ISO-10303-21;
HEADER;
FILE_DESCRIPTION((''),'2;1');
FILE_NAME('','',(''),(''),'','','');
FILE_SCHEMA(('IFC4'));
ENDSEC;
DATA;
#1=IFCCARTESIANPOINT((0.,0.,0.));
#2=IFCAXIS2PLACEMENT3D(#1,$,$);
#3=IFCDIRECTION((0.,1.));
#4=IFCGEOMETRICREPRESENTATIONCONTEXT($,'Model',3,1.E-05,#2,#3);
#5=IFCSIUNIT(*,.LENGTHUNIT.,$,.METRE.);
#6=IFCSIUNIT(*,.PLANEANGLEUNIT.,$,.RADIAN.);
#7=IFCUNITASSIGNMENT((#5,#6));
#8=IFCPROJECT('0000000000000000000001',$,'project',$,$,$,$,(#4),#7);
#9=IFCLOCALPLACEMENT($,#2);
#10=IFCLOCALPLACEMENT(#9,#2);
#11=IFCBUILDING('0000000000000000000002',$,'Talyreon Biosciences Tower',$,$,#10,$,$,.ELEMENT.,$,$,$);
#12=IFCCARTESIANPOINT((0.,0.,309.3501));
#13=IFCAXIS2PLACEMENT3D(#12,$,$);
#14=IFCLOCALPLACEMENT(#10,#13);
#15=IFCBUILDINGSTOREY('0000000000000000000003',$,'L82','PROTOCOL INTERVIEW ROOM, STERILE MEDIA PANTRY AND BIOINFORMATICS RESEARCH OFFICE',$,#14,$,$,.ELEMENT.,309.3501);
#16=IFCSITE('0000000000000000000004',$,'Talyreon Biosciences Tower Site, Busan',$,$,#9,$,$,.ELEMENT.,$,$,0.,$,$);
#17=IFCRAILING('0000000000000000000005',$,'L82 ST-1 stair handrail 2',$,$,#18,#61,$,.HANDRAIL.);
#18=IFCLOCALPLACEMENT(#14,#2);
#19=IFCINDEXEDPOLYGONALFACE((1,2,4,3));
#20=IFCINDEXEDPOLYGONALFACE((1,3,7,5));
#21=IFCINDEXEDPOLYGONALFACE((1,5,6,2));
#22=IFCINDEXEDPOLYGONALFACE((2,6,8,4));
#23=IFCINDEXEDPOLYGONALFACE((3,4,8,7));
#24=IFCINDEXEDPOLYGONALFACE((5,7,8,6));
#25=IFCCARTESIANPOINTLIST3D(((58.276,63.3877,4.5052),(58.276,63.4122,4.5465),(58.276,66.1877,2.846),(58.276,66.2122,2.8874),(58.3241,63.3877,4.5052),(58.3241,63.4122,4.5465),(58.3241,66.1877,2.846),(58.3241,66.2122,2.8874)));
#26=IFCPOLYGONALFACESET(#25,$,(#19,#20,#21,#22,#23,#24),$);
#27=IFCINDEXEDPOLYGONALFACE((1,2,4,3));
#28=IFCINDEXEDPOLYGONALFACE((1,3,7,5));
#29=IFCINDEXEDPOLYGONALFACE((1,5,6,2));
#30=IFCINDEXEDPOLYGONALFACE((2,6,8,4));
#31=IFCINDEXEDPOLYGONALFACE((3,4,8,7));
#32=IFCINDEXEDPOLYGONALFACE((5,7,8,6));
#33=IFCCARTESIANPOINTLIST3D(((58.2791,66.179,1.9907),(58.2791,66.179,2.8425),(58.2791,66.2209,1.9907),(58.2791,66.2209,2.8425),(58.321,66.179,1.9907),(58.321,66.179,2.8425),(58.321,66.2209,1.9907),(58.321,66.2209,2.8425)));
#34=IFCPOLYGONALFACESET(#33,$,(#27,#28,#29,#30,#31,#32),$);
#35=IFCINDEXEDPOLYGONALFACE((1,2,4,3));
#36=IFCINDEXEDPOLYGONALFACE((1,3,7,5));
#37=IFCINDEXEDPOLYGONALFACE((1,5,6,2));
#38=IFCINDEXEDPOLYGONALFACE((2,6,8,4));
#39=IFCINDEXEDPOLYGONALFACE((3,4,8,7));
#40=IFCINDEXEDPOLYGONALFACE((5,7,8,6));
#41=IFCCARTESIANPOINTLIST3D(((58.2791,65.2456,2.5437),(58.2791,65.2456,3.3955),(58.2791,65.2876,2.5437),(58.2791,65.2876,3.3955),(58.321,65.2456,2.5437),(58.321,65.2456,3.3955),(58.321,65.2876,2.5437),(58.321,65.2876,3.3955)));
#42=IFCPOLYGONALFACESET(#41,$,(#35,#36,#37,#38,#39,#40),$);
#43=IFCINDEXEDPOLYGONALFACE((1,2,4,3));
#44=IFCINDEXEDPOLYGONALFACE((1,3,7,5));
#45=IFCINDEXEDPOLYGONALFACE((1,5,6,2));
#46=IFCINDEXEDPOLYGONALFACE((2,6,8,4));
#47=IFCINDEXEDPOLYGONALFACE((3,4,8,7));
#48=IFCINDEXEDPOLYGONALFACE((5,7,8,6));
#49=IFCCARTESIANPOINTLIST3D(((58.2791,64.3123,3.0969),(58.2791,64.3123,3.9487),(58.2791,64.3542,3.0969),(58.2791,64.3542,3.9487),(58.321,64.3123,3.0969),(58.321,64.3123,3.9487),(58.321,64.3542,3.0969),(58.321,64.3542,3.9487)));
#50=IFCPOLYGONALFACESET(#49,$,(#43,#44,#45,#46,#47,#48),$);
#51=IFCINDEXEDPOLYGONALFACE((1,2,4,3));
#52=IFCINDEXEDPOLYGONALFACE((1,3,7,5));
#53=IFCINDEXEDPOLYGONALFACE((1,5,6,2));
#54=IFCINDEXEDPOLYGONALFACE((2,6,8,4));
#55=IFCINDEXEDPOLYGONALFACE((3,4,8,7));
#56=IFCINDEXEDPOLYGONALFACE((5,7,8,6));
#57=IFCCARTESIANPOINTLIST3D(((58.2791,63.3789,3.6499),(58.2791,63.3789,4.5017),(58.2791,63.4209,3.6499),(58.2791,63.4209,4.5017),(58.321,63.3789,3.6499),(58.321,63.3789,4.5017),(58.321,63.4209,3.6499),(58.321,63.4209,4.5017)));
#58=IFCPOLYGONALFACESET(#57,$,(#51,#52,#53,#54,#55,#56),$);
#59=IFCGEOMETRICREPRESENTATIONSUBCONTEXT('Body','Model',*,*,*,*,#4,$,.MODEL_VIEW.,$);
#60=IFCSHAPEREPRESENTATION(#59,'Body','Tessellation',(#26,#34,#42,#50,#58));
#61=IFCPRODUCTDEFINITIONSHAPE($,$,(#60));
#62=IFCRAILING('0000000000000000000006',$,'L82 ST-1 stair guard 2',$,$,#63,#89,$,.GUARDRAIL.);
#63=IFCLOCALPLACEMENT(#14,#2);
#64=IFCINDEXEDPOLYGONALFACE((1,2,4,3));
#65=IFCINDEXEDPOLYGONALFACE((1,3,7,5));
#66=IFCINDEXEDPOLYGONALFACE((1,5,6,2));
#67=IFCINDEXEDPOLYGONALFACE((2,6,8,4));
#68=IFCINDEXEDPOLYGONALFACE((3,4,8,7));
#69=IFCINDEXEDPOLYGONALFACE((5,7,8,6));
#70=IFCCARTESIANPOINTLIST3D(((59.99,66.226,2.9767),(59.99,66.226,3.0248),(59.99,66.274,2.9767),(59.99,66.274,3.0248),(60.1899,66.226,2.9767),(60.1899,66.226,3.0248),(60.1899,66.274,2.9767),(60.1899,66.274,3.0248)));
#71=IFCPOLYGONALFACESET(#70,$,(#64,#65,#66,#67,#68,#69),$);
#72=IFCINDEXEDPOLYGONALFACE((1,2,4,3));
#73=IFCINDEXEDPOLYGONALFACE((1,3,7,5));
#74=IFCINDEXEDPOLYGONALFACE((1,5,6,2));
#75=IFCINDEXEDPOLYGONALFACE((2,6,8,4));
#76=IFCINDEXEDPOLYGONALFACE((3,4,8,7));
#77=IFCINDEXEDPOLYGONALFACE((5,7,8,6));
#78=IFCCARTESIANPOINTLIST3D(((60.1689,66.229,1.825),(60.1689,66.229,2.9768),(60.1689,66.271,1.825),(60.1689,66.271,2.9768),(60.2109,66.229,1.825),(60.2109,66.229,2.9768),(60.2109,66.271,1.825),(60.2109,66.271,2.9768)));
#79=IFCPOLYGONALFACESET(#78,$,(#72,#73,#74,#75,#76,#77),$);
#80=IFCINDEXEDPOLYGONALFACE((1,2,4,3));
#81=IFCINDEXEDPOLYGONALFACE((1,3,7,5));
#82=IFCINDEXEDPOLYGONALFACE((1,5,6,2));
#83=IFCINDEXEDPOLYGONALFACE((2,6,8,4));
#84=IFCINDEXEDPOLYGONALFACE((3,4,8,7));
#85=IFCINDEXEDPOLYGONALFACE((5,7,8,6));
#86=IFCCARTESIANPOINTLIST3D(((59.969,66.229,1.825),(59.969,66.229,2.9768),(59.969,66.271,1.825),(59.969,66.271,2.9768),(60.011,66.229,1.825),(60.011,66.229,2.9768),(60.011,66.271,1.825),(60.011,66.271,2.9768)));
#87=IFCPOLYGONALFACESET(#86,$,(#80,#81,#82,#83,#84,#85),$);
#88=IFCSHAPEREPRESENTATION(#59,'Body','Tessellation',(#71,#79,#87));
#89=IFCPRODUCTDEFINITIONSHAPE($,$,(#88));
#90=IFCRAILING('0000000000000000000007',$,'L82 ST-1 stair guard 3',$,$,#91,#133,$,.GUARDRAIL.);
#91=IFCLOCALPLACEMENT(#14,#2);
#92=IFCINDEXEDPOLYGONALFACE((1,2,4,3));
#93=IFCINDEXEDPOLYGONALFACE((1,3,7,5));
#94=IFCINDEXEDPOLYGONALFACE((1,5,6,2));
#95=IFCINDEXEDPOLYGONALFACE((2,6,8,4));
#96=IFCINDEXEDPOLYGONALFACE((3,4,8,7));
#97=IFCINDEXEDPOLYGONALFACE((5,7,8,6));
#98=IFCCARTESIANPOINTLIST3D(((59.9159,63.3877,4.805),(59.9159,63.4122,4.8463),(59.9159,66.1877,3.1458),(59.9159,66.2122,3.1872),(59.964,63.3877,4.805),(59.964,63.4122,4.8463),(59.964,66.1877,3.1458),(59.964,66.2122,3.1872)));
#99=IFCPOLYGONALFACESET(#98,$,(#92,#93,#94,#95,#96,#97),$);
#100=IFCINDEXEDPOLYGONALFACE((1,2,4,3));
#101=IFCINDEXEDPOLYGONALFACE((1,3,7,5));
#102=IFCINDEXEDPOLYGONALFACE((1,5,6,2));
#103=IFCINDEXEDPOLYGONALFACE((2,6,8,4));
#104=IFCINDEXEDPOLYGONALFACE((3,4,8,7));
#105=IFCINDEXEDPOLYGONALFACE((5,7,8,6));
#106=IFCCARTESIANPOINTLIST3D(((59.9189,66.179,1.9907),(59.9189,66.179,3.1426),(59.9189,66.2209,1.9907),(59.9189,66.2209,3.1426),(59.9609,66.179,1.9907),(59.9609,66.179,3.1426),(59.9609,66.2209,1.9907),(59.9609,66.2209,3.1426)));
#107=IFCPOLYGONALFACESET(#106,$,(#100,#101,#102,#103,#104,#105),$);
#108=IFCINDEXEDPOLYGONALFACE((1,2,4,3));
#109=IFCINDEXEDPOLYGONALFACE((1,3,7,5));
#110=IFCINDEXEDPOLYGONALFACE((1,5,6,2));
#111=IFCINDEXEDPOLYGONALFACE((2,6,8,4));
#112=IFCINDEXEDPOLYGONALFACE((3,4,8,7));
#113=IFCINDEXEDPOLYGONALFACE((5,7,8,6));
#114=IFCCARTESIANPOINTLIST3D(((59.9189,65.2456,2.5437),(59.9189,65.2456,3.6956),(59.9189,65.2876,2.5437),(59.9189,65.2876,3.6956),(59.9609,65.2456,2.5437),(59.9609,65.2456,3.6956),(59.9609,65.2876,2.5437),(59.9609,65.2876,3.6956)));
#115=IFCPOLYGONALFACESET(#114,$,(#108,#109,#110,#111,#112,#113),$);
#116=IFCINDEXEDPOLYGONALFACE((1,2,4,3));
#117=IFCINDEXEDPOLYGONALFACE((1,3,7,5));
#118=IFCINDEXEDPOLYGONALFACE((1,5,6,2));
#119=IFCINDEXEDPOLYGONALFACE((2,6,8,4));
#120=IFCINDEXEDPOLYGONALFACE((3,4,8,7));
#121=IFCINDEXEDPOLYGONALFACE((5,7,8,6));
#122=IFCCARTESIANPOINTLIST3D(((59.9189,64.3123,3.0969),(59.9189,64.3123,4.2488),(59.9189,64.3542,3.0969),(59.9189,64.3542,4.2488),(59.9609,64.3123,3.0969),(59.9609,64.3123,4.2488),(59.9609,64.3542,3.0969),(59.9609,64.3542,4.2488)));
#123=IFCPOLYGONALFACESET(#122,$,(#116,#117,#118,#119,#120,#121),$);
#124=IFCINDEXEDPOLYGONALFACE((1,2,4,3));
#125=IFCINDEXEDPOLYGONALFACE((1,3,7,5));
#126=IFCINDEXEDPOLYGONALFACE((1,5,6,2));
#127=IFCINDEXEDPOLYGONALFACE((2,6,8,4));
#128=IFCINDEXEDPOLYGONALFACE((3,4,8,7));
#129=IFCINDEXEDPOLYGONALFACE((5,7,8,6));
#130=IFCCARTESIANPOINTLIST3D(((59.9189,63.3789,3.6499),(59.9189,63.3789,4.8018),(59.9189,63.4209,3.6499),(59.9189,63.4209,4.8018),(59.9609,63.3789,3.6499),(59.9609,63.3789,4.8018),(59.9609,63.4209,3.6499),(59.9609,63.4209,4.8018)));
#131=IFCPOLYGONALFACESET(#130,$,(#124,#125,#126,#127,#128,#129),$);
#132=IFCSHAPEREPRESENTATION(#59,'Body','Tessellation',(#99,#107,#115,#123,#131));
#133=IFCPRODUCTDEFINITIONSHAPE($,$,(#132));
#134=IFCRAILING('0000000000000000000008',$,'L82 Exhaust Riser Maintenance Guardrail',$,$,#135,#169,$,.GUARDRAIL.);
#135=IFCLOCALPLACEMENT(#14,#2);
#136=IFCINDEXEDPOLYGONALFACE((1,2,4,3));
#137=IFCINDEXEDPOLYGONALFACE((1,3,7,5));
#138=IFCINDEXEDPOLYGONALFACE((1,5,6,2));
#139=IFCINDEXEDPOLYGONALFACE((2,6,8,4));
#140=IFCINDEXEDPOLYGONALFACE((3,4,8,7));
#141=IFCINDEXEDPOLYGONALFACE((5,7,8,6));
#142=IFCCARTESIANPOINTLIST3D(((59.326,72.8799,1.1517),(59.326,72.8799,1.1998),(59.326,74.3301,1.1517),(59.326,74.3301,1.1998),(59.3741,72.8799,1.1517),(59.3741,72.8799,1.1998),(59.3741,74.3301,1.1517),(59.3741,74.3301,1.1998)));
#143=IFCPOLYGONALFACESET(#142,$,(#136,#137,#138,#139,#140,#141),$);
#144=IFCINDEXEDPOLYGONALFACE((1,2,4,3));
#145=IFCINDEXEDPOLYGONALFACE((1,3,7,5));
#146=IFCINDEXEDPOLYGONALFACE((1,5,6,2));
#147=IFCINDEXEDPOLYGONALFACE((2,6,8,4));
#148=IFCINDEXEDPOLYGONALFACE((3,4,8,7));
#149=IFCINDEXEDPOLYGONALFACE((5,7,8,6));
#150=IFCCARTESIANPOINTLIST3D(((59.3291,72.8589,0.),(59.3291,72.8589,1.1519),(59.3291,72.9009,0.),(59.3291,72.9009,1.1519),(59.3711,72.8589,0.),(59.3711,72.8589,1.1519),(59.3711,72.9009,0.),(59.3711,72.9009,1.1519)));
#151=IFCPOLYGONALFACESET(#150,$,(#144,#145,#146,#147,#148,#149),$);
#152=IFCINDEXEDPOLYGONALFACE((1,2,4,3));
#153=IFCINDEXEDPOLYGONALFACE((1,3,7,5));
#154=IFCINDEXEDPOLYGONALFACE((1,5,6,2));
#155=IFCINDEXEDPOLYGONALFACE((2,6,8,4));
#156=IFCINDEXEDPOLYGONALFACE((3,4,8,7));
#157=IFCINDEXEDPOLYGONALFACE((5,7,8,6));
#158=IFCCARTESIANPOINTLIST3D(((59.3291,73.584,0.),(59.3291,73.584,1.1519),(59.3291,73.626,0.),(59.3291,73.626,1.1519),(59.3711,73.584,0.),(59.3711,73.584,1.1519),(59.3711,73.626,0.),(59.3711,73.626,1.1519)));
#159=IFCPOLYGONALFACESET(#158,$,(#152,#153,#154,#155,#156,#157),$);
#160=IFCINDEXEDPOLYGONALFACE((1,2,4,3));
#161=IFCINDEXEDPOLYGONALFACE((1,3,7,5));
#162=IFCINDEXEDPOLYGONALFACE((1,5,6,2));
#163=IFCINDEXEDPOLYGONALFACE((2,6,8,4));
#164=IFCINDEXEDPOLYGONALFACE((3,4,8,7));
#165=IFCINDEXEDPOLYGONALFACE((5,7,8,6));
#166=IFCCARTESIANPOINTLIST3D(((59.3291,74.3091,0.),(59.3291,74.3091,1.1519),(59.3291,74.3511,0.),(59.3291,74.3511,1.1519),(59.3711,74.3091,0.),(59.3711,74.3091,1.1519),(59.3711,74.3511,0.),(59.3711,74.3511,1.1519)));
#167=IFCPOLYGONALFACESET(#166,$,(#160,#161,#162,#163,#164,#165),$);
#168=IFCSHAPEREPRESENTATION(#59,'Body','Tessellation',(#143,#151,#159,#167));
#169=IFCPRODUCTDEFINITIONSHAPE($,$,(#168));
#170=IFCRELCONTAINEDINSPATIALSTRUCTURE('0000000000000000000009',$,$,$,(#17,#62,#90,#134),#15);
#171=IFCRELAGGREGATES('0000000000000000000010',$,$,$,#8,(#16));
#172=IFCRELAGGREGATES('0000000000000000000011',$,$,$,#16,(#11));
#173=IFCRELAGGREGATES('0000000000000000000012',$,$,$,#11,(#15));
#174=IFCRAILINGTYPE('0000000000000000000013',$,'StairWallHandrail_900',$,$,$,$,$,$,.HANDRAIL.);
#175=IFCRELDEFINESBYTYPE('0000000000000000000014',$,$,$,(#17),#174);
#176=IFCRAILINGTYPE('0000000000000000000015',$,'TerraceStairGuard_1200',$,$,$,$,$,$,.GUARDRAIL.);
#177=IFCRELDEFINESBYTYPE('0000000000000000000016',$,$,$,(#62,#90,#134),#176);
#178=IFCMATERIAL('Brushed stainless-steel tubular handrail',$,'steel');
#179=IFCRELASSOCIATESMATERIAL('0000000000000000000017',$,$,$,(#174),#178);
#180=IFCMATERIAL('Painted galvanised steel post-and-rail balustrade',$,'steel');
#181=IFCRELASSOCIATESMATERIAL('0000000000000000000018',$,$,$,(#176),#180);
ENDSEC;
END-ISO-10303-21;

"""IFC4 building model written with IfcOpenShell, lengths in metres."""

from ifc_helpers import new_model, si_unit, direction, frame, origin, origin_2d, place, context, subcontext, project, spatial, rectangle, extrude, material, type_object, element, save


model = new_model("IFC4")

# Units and contexts
model_context = context("Model", 3, precision=1e-05, world=origin(), true_north=direction((0.0, 1.0)))
body_context = subcontext(model_context, "Body", "Model", "MODEL_VIEW")
ifc_project = project(units=[si_unit("LENGTHUNIT", "METRE"), si_unit("PLANEANGLEUNIT", "RADIAN")], contexts=[model_context])

# Site, building, storey
site_placement = place(None, origin())
site = spatial("IfcSite", under=ifc_project, at=site_placement, Name="Talyreon Biosciences Tower Site, Busan", CompositionType="ELEMENT", RefElevation=0.0)
building_placement = place(site_placement, origin())
building = spatial("IfcBuilding", under=site, at=building_placement, Name="Talyreon Biosciences Tower", CompositionType="ELEMENT")
storey_placement = place(building_placement, frame((0.0, 0.0, 309.3501)))
storey = spatial("IfcBuildingStorey", under=building, at=storey_placement, Name="L82", Description="PROTOCOL INTERVIEW ROOM, STERILE MEDIA PANTRY AND BIOINFORMATICS RESEARCH OFFICE", CompositionType="ELEMENT", Elevation=309.3501)

# Railings
ifc_material_1 = material(Name="Brushed stainless-steel tubular handrail", Category="steel")
railing_type_1 = type_object("IfcRailingType", Name="StairWallHandrail_900", PredefinedType="HANDRAIL", material=ifc_material_1)
railing_1_placement = place(storey_placement, frame((58.3, 66.2, 1.9907)))
element("IfcRailing", 1, at=railing_1_placement, inside=storey, type_object=railing_type_1, Name="L82 ST-1 stair handrail 2", PredefinedType="HANDRAIL", context=body_context, shape_type="SweptSolid", body=[
    extrude(rectangle(XDim=0.0481, YDim=0.0481, at=origin_2d()), frame((0.0, 0.0, 0.876), z_axis=(0.0, -0.860306, 0.509778), x_axis=(1.0, 0.0, 0.0)), (0.0, 0.0, 1.0), 3.2546),
    extrude(rectangle(XDim=0.042, YDim=0.042, at=origin_2d()), origin(), (0.0, 0.0, 1.0), 0.8518),
    extrude(rectangle(XDim=0.042, YDim=0.042, at=origin_2d()), frame((0.0, -0.9333, 0.553)), (0.0, 0.0, 1.0), 0.8518),
    extrude(rectangle(XDim=0.042, YDim=0.042, at=origin_2d()), frame((0.0, -1.8667, 1.1062)), (0.0, 0.0, 1.0), 0.8518),
    extrude(rectangle(XDim=0.042, YDim=0.042, at=origin_2d()), frame((0.0, -2.8, 1.6592)), (0.0, 0.0, 1.0), 0.8518),
])
ifc_material_2 = material(Name="Painted galvanised steel post-and-rail balustrade", Category="steel")
railing_type_2 = type_object("IfcRailingType", Name="TerraceStairGuard_1200", PredefinedType="GUARDRAIL", material=ifc_material_2)
railing_2_placement = place(storey_placement, frame((60.1899, 66.25, 1.825)))
element("IfcRailing", 2, at=railing_2_placement, inside=storey, type_object=railing_type_2, Name="L82 ST-1 stair guard 2", PredefinedType="GUARDRAIL", context=body_context, shape_type="SweptSolid", body=[
    extrude(rectangle(XDim=0.0481, YDim=0.0481, at=origin_2d()), frame((0.0, 0.0, 1.1758), z_axis=(-1.0, 0.0, 0.0), x_axis=(0.0, -1.0, 0.0)), (0.0, 0.0, 1.0), 0.2),
    extrude(rectangle(XDim=0.042, YDim=0.042, at=origin_2d()), origin(), (0.0, 0.0, 1.0), 1.1519),
    extrude(rectangle(XDim=0.042, YDim=0.042, at=origin_2d()), frame((-0.2, 0.0, 0.0)), (0.0, 0.0, 1.0), 1.1519),
])
railing_3_placement = place(storey_placement, frame((59.9399, 66.2, 1.9907)))
element("IfcRailing", 3, at=railing_3_placement, inside=storey, type_object=railing_type_2, Name="L82 ST-1 stair guard 3", PredefinedType="GUARDRAIL", context=body_context, shape_type="SweptSolid", body=[
    extrude(rectangle(XDim=0.0481, YDim=0.0481, at=origin_2d()), frame((0.0, 0.0, 1.1758), z_axis=(0.0, -0.860306, 0.509778), x_axis=(1.0, 0.0, 0.0)), (0.0, 0.0, 1.0), 3.2546),
    extrude(rectangle(XDim=0.042, YDim=0.042, at=origin_2d()), origin(), (0.0, 0.0, 1.0), 1.1519),
    extrude(rectangle(XDim=0.042, YDim=0.042, at=origin_2d()), frame((0.0, -0.9333, 0.553)), (0.0, 0.0, 1.0), 1.1519),
    extrude(rectangle(XDim=0.042, YDim=0.042, at=origin_2d()), frame((0.0, -1.8667, 1.1062)), (0.0, 0.0, 1.0), 1.1519),
    extrude(rectangle(XDim=0.042, YDim=0.042, at=origin_2d()), frame((0.0, -2.8, 1.6592)), (0.0, 0.0, 1.0), 1.1519),
])
railing_4_placement = place(storey_placement, frame((59.3501, 72.8799, 0.0)))
element("IfcRailing", 4, at=railing_4_placement, inside=storey, type_object=railing_type_2, Name="L82 Exhaust Riser Maintenance Guardrail", PredefinedType="GUARDRAIL", context=body_context, shape_type="SweptSolid", body=[
    extrude(rectangle(XDim=0.0481, YDim=0.0481, at=origin_2d()), frame((0.0, 0.0, 1.1758), z_axis=(0.0, 1.0, 0.0), x_axis=(-1.0, 0.0, 0.0)), (0.0, 0.0, 1.0), 1.4502),
    extrude(rectangle(XDim=0.042, YDim=0.042, at=origin_2d()), origin(), (0.0, 0.0, 1.0), 1.1519),
    extrude(rectangle(XDim=0.042, YDim=0.042, at=origin_2d()), frame((0.0, 0.7251, 0.0)), (0.0, 0.0, 1.0), 1.1519),
    extrude(rectangle(XDim=0.042, YDim=0.042, at=origin_2d()), frame((0.0, 1.4502, 0.0)), (0.0, 0.0, 1.0), 1.1519),
])

save(model, "model.ifc")
